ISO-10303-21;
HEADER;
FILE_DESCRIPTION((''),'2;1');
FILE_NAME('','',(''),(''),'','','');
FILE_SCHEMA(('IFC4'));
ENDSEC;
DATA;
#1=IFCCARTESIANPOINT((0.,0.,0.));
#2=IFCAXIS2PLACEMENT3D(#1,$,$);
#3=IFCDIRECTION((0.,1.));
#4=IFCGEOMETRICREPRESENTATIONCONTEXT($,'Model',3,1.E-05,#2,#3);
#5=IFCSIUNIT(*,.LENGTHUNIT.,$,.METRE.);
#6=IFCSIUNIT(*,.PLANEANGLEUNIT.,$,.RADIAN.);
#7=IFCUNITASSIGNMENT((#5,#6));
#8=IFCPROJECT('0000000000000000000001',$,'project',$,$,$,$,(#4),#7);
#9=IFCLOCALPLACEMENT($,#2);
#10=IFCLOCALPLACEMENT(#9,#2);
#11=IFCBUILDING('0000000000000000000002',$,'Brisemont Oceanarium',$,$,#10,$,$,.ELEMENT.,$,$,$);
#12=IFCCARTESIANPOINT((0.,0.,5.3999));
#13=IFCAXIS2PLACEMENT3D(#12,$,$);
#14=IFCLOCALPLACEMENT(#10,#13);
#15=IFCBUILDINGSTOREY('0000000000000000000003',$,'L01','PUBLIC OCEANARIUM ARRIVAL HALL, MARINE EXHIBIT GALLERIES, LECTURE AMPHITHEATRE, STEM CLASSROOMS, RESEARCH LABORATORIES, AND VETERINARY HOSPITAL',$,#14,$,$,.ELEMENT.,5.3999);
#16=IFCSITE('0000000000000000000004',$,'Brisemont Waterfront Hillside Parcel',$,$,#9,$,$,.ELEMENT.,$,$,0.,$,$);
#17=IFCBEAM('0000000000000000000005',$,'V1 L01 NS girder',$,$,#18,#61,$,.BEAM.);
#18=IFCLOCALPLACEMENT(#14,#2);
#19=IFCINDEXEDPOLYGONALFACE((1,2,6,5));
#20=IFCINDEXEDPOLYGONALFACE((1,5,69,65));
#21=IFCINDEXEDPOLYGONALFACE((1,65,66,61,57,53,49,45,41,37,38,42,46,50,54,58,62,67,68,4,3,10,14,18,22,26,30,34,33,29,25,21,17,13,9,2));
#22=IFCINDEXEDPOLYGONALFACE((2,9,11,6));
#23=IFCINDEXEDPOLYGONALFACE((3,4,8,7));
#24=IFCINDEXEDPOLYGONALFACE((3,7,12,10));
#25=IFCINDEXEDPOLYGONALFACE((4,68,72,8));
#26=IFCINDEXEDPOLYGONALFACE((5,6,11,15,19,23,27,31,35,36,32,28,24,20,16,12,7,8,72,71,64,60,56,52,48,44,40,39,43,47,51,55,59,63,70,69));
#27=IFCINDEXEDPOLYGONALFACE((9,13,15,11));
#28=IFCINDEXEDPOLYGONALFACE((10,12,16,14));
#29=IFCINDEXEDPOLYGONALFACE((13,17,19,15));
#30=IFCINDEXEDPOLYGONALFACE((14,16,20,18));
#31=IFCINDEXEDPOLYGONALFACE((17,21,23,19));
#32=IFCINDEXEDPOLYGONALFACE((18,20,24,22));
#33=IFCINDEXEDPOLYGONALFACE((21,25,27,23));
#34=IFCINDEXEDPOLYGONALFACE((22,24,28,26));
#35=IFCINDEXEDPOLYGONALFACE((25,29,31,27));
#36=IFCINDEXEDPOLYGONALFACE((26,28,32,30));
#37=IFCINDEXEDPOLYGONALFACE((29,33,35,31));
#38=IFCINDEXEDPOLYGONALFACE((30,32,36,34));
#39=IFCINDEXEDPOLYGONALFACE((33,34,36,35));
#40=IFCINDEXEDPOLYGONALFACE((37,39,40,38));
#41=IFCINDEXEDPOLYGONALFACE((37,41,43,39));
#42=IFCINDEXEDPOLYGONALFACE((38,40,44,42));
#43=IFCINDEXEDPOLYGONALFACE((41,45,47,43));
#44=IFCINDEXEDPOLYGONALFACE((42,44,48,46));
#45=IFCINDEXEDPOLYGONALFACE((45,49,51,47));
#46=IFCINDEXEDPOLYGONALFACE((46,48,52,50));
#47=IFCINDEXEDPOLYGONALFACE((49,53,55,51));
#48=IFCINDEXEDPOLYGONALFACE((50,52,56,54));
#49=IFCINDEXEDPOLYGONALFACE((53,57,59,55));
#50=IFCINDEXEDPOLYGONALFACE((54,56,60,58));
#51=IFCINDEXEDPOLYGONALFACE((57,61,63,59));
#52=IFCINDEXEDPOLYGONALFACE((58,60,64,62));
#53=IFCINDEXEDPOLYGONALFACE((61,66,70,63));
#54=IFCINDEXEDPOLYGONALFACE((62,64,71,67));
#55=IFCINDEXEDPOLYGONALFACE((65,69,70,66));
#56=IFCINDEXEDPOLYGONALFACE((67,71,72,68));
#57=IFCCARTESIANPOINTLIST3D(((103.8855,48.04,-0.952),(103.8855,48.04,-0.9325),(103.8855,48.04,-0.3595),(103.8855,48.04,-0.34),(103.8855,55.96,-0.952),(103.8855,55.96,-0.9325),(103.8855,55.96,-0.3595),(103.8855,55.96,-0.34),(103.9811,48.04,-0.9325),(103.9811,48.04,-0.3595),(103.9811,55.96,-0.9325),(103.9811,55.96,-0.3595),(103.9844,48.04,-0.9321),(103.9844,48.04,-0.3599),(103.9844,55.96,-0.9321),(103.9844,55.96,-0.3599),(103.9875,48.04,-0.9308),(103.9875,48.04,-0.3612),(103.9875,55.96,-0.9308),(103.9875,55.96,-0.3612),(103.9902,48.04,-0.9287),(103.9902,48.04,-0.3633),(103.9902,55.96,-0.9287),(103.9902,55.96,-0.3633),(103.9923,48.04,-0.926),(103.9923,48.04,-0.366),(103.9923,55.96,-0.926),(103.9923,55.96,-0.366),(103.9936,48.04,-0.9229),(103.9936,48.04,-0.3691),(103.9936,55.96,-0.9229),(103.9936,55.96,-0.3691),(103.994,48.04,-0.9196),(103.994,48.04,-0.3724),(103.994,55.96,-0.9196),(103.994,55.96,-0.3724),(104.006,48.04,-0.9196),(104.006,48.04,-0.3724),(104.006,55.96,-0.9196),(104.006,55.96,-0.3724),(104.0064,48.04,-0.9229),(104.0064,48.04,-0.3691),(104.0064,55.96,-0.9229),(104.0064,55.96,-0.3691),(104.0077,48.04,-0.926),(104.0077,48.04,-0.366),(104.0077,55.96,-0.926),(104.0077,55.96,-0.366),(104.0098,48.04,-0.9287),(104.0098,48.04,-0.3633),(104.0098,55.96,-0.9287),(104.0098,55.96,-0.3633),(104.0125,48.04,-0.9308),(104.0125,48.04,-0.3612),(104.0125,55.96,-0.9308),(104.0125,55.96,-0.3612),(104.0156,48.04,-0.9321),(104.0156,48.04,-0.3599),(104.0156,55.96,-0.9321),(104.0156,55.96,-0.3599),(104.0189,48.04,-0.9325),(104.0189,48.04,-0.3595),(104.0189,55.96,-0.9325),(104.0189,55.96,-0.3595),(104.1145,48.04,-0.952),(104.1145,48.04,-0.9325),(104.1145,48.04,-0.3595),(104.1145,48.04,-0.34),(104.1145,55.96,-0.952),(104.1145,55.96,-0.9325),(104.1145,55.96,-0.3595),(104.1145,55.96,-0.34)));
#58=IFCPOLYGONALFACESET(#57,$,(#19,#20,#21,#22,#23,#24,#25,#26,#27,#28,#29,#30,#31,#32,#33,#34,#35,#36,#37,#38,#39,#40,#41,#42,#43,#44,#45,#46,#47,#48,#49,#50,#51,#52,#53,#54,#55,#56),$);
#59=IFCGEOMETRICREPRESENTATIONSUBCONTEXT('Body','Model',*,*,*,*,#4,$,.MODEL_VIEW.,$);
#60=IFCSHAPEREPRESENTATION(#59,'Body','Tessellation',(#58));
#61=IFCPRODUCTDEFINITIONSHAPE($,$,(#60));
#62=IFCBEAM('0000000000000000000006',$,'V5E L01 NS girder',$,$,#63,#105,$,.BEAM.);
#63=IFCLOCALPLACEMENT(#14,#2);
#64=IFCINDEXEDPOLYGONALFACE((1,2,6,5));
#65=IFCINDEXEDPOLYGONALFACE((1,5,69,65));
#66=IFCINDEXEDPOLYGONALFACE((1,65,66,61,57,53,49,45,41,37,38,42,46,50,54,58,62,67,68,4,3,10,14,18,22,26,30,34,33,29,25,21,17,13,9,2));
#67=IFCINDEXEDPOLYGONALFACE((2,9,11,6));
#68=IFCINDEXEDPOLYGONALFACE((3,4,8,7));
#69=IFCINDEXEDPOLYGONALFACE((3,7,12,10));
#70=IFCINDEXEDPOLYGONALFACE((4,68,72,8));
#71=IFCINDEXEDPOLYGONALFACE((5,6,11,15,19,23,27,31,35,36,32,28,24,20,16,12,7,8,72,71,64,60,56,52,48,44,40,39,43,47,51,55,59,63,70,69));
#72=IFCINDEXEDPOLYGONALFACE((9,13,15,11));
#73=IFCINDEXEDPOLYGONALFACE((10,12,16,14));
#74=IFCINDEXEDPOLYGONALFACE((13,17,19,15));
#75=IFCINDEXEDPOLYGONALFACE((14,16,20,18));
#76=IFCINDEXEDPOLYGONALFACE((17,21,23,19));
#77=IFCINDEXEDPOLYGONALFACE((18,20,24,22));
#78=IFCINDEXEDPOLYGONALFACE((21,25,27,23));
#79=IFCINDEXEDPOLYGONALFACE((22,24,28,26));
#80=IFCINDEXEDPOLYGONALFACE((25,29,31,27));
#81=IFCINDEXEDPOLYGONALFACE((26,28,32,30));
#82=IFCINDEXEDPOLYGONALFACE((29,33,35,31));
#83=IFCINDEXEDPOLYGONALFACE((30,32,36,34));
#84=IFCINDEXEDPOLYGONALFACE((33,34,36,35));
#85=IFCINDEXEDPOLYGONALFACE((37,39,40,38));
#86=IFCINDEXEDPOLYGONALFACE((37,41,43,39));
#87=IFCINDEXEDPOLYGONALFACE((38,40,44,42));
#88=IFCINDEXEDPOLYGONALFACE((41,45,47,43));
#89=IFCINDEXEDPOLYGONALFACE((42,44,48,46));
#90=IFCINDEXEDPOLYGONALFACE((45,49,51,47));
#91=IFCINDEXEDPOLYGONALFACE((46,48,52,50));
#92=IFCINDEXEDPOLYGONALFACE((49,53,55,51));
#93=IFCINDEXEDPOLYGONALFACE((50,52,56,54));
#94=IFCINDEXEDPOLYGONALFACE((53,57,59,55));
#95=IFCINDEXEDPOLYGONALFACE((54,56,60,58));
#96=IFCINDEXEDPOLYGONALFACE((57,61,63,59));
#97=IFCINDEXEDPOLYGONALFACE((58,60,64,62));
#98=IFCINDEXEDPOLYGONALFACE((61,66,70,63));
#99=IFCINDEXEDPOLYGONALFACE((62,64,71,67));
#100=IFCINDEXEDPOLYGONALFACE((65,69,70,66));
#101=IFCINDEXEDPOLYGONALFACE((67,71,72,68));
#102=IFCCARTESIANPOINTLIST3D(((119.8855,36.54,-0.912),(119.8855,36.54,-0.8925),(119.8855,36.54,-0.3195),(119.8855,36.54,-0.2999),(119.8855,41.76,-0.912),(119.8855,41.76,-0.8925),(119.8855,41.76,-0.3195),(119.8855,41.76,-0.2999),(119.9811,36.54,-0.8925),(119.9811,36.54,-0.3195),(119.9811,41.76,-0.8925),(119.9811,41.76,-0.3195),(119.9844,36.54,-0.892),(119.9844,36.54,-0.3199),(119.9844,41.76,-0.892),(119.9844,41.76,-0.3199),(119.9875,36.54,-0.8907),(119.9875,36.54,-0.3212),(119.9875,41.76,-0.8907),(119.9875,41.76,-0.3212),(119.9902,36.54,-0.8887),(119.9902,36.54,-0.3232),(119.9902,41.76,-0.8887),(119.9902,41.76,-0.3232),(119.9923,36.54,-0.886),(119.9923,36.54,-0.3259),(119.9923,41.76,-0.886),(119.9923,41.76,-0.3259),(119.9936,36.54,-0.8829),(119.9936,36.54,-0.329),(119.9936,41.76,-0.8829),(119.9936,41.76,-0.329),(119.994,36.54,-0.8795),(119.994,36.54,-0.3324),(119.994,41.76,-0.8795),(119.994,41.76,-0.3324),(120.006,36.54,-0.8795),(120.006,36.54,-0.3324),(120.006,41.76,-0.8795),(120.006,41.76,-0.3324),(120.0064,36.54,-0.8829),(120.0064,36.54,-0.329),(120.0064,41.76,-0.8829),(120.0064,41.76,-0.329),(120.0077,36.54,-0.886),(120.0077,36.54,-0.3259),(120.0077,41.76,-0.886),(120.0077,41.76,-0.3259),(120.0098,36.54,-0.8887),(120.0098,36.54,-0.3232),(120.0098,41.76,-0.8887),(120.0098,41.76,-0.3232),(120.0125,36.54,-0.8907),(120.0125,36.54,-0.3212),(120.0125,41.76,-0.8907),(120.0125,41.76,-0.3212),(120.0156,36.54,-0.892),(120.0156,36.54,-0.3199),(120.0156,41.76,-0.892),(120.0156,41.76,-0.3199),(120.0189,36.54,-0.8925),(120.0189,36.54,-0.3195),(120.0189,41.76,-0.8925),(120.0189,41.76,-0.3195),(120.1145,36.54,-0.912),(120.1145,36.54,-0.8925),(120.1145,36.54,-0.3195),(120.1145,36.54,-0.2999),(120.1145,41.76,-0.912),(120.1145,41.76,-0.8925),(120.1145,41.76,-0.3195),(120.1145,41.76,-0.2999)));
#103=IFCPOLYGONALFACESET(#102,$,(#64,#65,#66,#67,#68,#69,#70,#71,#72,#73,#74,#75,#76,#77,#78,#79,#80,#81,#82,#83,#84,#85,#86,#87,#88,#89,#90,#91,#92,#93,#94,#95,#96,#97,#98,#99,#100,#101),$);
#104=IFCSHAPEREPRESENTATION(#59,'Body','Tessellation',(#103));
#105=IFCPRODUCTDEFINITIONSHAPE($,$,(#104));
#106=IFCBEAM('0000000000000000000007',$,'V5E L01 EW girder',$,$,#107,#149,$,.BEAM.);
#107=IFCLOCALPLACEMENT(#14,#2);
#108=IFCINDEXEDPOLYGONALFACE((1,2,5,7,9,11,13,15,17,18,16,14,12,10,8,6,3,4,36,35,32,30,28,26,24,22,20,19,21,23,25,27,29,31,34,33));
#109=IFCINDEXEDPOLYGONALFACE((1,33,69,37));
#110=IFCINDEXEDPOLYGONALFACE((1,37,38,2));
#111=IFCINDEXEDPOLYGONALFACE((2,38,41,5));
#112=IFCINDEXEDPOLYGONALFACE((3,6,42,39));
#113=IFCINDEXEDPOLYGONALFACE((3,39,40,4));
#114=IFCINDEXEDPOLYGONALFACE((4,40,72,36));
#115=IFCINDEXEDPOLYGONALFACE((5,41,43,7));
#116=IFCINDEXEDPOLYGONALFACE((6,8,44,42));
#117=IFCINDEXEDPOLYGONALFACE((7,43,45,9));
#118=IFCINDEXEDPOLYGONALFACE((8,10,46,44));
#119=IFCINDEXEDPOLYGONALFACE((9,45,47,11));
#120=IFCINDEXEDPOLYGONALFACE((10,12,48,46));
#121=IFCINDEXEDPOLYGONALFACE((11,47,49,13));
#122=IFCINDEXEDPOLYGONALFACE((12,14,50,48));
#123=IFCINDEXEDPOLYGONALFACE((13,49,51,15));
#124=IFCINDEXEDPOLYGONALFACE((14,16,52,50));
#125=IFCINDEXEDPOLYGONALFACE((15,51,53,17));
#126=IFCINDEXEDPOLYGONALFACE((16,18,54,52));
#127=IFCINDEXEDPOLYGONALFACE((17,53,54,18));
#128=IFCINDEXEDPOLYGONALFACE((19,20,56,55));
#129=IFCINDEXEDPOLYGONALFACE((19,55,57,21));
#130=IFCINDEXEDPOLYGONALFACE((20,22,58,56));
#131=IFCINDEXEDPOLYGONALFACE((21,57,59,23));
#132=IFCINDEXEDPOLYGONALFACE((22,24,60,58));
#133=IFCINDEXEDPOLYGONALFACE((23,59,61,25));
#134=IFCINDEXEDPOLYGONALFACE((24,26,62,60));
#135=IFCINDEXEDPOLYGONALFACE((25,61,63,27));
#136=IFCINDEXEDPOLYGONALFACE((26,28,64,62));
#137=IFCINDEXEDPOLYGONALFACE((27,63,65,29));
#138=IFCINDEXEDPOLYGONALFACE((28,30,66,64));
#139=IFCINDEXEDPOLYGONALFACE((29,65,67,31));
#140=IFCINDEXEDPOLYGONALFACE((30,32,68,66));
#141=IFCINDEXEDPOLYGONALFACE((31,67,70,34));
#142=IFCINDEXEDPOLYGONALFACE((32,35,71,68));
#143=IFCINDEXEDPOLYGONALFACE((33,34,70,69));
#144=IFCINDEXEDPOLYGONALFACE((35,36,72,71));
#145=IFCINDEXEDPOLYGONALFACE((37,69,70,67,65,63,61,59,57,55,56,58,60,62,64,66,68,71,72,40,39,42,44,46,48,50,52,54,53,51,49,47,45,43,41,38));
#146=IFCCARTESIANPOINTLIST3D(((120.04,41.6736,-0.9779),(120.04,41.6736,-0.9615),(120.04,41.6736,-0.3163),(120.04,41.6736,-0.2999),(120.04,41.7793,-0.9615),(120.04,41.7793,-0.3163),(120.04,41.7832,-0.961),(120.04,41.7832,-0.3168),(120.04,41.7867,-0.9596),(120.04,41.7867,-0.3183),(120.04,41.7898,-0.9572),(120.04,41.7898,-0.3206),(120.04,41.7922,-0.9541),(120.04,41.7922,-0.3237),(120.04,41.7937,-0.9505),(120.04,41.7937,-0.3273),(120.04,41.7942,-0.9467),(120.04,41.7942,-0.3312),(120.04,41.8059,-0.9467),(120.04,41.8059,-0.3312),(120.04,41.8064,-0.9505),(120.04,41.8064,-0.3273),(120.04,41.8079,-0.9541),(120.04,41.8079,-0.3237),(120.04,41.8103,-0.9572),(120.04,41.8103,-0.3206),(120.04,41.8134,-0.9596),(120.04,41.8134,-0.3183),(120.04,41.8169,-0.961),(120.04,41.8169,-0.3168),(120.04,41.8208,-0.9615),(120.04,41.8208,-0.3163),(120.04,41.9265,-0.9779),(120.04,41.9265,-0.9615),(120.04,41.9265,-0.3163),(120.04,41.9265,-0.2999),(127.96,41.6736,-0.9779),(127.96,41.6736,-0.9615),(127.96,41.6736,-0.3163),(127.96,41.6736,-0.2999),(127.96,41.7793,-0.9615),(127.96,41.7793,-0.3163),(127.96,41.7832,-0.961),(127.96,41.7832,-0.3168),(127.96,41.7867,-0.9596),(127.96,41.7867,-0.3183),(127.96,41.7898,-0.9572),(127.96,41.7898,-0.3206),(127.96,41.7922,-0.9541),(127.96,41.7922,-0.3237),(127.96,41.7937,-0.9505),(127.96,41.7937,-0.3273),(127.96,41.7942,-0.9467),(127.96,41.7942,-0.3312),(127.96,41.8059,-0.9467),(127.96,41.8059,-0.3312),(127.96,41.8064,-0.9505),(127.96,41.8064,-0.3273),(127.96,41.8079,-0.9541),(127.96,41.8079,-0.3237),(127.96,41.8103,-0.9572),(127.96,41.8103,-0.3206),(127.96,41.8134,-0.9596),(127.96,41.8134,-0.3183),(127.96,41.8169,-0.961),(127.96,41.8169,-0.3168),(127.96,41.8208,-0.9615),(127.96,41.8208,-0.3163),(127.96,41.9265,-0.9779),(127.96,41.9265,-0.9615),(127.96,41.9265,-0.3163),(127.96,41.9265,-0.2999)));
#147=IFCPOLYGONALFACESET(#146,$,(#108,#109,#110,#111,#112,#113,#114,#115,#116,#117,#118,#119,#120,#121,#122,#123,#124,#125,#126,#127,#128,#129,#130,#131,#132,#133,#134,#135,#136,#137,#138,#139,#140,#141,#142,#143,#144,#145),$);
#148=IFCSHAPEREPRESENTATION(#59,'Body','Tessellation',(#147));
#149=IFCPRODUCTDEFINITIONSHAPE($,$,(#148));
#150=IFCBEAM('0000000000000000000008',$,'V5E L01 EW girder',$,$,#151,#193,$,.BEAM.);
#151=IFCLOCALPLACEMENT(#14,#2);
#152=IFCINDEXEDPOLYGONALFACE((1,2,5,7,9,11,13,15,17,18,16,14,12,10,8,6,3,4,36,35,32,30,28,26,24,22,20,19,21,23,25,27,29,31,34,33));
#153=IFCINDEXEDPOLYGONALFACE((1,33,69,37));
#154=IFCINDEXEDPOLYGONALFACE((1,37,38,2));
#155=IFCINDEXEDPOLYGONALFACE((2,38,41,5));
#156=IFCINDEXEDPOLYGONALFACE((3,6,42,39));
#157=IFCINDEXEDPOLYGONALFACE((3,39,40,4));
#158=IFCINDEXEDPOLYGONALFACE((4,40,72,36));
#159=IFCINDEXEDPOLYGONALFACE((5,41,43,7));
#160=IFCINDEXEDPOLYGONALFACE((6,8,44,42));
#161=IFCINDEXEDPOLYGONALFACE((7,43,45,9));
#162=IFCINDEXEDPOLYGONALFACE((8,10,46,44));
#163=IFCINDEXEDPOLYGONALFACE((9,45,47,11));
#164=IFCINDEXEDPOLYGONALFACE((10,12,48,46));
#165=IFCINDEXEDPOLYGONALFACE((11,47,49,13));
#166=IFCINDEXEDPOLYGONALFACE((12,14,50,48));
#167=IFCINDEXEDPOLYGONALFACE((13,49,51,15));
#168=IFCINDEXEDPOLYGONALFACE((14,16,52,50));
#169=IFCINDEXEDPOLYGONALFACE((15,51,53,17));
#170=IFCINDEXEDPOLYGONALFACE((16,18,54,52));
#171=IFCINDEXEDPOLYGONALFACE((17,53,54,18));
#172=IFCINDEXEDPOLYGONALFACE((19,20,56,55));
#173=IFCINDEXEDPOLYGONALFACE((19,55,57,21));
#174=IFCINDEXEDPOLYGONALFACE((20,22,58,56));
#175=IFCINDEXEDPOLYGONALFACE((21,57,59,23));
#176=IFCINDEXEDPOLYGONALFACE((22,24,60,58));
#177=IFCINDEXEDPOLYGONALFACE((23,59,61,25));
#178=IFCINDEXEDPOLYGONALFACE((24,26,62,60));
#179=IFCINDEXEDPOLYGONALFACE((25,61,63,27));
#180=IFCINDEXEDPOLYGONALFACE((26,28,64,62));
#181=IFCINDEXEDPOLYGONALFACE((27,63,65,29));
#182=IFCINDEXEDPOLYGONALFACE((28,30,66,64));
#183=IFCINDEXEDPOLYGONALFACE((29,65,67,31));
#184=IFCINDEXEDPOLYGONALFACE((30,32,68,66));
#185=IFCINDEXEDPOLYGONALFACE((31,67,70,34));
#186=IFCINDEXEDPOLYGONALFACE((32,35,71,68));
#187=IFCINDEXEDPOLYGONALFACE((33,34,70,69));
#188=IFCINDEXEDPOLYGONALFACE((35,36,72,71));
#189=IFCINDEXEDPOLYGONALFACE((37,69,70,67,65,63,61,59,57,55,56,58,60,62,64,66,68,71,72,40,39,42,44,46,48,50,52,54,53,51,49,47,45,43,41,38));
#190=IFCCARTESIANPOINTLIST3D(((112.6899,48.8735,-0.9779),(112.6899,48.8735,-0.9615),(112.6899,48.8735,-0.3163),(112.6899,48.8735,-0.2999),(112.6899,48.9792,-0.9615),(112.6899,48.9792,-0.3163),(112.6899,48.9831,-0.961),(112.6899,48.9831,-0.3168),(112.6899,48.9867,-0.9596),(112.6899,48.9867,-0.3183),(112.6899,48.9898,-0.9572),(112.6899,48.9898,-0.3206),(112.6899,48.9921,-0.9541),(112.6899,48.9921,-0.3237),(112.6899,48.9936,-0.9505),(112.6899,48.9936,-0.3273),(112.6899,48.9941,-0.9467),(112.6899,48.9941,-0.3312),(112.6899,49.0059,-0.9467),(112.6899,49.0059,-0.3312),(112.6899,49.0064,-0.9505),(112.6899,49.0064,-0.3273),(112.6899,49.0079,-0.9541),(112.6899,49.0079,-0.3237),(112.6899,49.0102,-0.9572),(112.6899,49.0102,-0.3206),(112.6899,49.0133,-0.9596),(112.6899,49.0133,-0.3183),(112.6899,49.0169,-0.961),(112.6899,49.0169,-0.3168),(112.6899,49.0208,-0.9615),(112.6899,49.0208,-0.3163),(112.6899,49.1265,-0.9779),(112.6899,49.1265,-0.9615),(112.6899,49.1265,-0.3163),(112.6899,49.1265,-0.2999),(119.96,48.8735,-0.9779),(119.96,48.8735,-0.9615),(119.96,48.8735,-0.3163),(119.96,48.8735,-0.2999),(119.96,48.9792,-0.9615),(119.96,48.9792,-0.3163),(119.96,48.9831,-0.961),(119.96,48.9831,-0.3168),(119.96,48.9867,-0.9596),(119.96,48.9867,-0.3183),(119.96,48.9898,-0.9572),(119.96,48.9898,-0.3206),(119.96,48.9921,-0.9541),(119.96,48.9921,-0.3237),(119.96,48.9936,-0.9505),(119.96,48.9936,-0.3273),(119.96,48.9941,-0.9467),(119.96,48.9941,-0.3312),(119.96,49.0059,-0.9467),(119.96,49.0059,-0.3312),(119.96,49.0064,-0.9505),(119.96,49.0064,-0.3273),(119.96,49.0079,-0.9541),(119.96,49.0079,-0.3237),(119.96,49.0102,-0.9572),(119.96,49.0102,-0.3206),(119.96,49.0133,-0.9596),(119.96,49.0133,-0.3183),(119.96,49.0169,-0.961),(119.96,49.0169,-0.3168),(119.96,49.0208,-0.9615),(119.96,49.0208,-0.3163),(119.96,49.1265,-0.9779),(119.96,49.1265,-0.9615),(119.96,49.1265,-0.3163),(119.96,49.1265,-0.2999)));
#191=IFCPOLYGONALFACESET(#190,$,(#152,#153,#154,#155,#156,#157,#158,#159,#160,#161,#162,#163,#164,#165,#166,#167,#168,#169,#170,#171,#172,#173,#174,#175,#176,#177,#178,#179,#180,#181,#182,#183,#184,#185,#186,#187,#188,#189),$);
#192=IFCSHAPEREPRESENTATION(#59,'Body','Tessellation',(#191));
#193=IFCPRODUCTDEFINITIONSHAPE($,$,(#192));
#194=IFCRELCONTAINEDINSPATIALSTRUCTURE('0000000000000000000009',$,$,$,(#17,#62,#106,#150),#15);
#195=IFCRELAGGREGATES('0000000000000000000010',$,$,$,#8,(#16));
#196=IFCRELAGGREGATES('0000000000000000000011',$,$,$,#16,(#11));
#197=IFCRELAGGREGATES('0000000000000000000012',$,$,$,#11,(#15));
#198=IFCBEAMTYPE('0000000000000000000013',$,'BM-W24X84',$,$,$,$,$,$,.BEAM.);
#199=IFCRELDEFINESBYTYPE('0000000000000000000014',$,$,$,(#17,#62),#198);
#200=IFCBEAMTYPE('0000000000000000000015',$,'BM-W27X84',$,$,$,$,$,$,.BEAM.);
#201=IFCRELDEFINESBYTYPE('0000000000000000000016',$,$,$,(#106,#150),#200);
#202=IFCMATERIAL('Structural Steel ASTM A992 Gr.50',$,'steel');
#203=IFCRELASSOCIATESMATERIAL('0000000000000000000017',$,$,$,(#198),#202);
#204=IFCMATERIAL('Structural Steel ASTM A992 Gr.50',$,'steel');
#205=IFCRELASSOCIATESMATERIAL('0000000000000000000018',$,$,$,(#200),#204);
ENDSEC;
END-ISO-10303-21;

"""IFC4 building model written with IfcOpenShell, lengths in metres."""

from ifc_helpers import new_model, si_unit, direction, frame, origin, origin_2d, place, context, subcontext, project, spatial, i_section, extrude, material, material_profile, profile_set, type_object, element, save


model = new_model("IFC4")

# Units and contexts
model_context = context("Model", 3, precision=1e-05, world=origin(), true_north=direction((0.0, 1.0)))
body_context = subcontext(model_context, "Body", "Model", "MODEL_VIEW")
ifc_project = project(units=[si_unit("LENGTHUNIT", "METRE"), si_unit("PLANEANGLEUNIT", "RADIAN")], contexts=[model_context])

# Site, building, storey
site_placement = place(None, origin())
site = spatial("IfcSite", under=ifc_project, at=site_placement, Name="Brisemont Waterfront Hillside Parcel", CompositionType="ELEMENT", RefElevation=0.0)
building_placement = place(site_placement, origin())
building = spatial("IfcBuilding", under=site, at=building_placement, Name="Brisemont Oceanarium", CompositionType="ELEMENT")
storey_placement = place(building_placement, frame((0.0, 0.0, 5.3999)))
storey = spatial("IfcBuildingStorey", under=building, at=storey_placement, Name="L01", Description="PUBLIC OCEANARIUM ARRIVAL HALL, MARINE EXHIBIT GALLERIES, LECTURE AMPHITHEATRE, STEM CLASSROOMS, RESEARCH LABORATORIES, AND VETERINARY HOSPITAL", CompositionType="ELEMENT", Elevation=5.3999)

# Beams
ifc_material_1 = material(Name="Structural Steel ASTM A992 Gr.50", Category="steel")
ifc_material_profile_1 = material_profile(ifc_material_1, i_section(OverallWidth=0.229, OverallDepth=0.6121, WebThickness=0.012, FlangeThickness=0.0195, FilletRadius=0.0129, at=origin_2d()), Name="W24X84")
ifc_profile_set_1 = profile_set([ifc_material_profile_1], Name="Structural Steel ASTM A992 Gr.50")
beam_type_1 = type_object("IfcBeamType", Name="BM-W24X84", PredefinedType="BEAM", material=ifc_profile_set_1)
beam_1_placement = place(storey_placement, frame((104.0, 48.04, -0.646), z_axis=(0.0, 1.0, 0.0), x_axis=(-1.0, 0.0, 0.0)))
element("IfcBeam", 1, at=beam_1_placement, inside=storey, type_object=beam_type_1, Name="V1 L01 NS girder", PredefinedType="BEAM", context=body_context, shape_type="SweptSolid", body=[
    extrude(i_section(OverallWidth=0.229, OverallDepth=0.6121, WebThickness=0.012, FlangeThickness=0.0195, FilletRadius=0.0129, at=origin_2d()), origin(), (0.0, 0.0, 1.0), 7.9199),
])
beam_2_placement = place(storey_placement, frame((120.0, 36.54, -0.606), z_axis=(0.0, 1.0, 0.0), x_axis=(-1.0, 0.0, 0.0)))
element("IfcBeam", 2, at=beam_2_placement, inside=storey, type_object=beam_type_1, Name="V5E L01 NS girder", PredefinedType="BEAM", context=body_context, shape_type="SweptSolid", body=[
    extrude(i_section(OverallWidth=0.229, OverallDepth=0.6121, WebThickness=0.012, FlangeThickness=0.0195, FilletRadius=0.0129, at=origin_2d()), origin(), (0.0, 0.0, 1.0), 5.22),
])
ifc_material_2 = material(Name="Structural Steel ASTM A992 Gr.50", Category="steel")
ifc_material_profile_2 = material_profile(ifc_material_2, i_section(OverallWidth=0.2529, OverallDepth=0.678, WebThickness=0.0117, FlangeThickness=0.0164, FilletRadius=0.0149, at=origin_2d()), Name="W27X84")
ifc_profile_set_2 = profile_set([ifc_material_profile_2], Name="Structural Steel ASTM A992 Gr.50")
beam_type_2 = type_object("IfcBeamType", Name="BM-W27X84", PredefinedType="BEAM", material=ifc_profile_set_2)
beam_3_placement = place(storey_placement, frame((120.04, 41.8, -0.6389), z_axis=(1.0, 0.0, 0.0), x_axis=(0.0, 1.0, 0.0)))
element("IfcBeam", 3, at=beam_3_placement, inside=storey, type_object=beam_type_2, Name="V5E L01 EW girder", PredefinedType="BEAM", context=body_context, shape_type="SweptSolid", body=[
    extrude(i_section(OverallWidth=0.2529, OverallDepth=0.678, WebThickness=0.0117, FlangeThickness=0.0164, FilletRadius=0.0149, at=origin_2d()), origin(), (0.0, 0.0, 1.0), 7.9199),
])
beam_4_placement = place(storey_placement, frame((112.6899, 49.0, -0.6389), z_axis=(1.0, 0.0, 0.0), x_axis=(0.0, 1.0, 0.0)))
element("IfcBeam", 4, at=beam_4_placement, inside=storey, type_object=beam_type_2, Name="V5E L01 EW girder", PredefinedType="BEAM", context=body_context, shape_type="SweptSolid", body=[
    extrude(i_section(OverallWidth=0.2529, OverallDepth=0.678, WebThickness=0.0117, FlangeThickness=0.0164, FilletRadius=0.0149, at=origin_2d()), origin(), (0.0, 0.0, 1.0), 7.27),
])

save(model, "model.ifc")
